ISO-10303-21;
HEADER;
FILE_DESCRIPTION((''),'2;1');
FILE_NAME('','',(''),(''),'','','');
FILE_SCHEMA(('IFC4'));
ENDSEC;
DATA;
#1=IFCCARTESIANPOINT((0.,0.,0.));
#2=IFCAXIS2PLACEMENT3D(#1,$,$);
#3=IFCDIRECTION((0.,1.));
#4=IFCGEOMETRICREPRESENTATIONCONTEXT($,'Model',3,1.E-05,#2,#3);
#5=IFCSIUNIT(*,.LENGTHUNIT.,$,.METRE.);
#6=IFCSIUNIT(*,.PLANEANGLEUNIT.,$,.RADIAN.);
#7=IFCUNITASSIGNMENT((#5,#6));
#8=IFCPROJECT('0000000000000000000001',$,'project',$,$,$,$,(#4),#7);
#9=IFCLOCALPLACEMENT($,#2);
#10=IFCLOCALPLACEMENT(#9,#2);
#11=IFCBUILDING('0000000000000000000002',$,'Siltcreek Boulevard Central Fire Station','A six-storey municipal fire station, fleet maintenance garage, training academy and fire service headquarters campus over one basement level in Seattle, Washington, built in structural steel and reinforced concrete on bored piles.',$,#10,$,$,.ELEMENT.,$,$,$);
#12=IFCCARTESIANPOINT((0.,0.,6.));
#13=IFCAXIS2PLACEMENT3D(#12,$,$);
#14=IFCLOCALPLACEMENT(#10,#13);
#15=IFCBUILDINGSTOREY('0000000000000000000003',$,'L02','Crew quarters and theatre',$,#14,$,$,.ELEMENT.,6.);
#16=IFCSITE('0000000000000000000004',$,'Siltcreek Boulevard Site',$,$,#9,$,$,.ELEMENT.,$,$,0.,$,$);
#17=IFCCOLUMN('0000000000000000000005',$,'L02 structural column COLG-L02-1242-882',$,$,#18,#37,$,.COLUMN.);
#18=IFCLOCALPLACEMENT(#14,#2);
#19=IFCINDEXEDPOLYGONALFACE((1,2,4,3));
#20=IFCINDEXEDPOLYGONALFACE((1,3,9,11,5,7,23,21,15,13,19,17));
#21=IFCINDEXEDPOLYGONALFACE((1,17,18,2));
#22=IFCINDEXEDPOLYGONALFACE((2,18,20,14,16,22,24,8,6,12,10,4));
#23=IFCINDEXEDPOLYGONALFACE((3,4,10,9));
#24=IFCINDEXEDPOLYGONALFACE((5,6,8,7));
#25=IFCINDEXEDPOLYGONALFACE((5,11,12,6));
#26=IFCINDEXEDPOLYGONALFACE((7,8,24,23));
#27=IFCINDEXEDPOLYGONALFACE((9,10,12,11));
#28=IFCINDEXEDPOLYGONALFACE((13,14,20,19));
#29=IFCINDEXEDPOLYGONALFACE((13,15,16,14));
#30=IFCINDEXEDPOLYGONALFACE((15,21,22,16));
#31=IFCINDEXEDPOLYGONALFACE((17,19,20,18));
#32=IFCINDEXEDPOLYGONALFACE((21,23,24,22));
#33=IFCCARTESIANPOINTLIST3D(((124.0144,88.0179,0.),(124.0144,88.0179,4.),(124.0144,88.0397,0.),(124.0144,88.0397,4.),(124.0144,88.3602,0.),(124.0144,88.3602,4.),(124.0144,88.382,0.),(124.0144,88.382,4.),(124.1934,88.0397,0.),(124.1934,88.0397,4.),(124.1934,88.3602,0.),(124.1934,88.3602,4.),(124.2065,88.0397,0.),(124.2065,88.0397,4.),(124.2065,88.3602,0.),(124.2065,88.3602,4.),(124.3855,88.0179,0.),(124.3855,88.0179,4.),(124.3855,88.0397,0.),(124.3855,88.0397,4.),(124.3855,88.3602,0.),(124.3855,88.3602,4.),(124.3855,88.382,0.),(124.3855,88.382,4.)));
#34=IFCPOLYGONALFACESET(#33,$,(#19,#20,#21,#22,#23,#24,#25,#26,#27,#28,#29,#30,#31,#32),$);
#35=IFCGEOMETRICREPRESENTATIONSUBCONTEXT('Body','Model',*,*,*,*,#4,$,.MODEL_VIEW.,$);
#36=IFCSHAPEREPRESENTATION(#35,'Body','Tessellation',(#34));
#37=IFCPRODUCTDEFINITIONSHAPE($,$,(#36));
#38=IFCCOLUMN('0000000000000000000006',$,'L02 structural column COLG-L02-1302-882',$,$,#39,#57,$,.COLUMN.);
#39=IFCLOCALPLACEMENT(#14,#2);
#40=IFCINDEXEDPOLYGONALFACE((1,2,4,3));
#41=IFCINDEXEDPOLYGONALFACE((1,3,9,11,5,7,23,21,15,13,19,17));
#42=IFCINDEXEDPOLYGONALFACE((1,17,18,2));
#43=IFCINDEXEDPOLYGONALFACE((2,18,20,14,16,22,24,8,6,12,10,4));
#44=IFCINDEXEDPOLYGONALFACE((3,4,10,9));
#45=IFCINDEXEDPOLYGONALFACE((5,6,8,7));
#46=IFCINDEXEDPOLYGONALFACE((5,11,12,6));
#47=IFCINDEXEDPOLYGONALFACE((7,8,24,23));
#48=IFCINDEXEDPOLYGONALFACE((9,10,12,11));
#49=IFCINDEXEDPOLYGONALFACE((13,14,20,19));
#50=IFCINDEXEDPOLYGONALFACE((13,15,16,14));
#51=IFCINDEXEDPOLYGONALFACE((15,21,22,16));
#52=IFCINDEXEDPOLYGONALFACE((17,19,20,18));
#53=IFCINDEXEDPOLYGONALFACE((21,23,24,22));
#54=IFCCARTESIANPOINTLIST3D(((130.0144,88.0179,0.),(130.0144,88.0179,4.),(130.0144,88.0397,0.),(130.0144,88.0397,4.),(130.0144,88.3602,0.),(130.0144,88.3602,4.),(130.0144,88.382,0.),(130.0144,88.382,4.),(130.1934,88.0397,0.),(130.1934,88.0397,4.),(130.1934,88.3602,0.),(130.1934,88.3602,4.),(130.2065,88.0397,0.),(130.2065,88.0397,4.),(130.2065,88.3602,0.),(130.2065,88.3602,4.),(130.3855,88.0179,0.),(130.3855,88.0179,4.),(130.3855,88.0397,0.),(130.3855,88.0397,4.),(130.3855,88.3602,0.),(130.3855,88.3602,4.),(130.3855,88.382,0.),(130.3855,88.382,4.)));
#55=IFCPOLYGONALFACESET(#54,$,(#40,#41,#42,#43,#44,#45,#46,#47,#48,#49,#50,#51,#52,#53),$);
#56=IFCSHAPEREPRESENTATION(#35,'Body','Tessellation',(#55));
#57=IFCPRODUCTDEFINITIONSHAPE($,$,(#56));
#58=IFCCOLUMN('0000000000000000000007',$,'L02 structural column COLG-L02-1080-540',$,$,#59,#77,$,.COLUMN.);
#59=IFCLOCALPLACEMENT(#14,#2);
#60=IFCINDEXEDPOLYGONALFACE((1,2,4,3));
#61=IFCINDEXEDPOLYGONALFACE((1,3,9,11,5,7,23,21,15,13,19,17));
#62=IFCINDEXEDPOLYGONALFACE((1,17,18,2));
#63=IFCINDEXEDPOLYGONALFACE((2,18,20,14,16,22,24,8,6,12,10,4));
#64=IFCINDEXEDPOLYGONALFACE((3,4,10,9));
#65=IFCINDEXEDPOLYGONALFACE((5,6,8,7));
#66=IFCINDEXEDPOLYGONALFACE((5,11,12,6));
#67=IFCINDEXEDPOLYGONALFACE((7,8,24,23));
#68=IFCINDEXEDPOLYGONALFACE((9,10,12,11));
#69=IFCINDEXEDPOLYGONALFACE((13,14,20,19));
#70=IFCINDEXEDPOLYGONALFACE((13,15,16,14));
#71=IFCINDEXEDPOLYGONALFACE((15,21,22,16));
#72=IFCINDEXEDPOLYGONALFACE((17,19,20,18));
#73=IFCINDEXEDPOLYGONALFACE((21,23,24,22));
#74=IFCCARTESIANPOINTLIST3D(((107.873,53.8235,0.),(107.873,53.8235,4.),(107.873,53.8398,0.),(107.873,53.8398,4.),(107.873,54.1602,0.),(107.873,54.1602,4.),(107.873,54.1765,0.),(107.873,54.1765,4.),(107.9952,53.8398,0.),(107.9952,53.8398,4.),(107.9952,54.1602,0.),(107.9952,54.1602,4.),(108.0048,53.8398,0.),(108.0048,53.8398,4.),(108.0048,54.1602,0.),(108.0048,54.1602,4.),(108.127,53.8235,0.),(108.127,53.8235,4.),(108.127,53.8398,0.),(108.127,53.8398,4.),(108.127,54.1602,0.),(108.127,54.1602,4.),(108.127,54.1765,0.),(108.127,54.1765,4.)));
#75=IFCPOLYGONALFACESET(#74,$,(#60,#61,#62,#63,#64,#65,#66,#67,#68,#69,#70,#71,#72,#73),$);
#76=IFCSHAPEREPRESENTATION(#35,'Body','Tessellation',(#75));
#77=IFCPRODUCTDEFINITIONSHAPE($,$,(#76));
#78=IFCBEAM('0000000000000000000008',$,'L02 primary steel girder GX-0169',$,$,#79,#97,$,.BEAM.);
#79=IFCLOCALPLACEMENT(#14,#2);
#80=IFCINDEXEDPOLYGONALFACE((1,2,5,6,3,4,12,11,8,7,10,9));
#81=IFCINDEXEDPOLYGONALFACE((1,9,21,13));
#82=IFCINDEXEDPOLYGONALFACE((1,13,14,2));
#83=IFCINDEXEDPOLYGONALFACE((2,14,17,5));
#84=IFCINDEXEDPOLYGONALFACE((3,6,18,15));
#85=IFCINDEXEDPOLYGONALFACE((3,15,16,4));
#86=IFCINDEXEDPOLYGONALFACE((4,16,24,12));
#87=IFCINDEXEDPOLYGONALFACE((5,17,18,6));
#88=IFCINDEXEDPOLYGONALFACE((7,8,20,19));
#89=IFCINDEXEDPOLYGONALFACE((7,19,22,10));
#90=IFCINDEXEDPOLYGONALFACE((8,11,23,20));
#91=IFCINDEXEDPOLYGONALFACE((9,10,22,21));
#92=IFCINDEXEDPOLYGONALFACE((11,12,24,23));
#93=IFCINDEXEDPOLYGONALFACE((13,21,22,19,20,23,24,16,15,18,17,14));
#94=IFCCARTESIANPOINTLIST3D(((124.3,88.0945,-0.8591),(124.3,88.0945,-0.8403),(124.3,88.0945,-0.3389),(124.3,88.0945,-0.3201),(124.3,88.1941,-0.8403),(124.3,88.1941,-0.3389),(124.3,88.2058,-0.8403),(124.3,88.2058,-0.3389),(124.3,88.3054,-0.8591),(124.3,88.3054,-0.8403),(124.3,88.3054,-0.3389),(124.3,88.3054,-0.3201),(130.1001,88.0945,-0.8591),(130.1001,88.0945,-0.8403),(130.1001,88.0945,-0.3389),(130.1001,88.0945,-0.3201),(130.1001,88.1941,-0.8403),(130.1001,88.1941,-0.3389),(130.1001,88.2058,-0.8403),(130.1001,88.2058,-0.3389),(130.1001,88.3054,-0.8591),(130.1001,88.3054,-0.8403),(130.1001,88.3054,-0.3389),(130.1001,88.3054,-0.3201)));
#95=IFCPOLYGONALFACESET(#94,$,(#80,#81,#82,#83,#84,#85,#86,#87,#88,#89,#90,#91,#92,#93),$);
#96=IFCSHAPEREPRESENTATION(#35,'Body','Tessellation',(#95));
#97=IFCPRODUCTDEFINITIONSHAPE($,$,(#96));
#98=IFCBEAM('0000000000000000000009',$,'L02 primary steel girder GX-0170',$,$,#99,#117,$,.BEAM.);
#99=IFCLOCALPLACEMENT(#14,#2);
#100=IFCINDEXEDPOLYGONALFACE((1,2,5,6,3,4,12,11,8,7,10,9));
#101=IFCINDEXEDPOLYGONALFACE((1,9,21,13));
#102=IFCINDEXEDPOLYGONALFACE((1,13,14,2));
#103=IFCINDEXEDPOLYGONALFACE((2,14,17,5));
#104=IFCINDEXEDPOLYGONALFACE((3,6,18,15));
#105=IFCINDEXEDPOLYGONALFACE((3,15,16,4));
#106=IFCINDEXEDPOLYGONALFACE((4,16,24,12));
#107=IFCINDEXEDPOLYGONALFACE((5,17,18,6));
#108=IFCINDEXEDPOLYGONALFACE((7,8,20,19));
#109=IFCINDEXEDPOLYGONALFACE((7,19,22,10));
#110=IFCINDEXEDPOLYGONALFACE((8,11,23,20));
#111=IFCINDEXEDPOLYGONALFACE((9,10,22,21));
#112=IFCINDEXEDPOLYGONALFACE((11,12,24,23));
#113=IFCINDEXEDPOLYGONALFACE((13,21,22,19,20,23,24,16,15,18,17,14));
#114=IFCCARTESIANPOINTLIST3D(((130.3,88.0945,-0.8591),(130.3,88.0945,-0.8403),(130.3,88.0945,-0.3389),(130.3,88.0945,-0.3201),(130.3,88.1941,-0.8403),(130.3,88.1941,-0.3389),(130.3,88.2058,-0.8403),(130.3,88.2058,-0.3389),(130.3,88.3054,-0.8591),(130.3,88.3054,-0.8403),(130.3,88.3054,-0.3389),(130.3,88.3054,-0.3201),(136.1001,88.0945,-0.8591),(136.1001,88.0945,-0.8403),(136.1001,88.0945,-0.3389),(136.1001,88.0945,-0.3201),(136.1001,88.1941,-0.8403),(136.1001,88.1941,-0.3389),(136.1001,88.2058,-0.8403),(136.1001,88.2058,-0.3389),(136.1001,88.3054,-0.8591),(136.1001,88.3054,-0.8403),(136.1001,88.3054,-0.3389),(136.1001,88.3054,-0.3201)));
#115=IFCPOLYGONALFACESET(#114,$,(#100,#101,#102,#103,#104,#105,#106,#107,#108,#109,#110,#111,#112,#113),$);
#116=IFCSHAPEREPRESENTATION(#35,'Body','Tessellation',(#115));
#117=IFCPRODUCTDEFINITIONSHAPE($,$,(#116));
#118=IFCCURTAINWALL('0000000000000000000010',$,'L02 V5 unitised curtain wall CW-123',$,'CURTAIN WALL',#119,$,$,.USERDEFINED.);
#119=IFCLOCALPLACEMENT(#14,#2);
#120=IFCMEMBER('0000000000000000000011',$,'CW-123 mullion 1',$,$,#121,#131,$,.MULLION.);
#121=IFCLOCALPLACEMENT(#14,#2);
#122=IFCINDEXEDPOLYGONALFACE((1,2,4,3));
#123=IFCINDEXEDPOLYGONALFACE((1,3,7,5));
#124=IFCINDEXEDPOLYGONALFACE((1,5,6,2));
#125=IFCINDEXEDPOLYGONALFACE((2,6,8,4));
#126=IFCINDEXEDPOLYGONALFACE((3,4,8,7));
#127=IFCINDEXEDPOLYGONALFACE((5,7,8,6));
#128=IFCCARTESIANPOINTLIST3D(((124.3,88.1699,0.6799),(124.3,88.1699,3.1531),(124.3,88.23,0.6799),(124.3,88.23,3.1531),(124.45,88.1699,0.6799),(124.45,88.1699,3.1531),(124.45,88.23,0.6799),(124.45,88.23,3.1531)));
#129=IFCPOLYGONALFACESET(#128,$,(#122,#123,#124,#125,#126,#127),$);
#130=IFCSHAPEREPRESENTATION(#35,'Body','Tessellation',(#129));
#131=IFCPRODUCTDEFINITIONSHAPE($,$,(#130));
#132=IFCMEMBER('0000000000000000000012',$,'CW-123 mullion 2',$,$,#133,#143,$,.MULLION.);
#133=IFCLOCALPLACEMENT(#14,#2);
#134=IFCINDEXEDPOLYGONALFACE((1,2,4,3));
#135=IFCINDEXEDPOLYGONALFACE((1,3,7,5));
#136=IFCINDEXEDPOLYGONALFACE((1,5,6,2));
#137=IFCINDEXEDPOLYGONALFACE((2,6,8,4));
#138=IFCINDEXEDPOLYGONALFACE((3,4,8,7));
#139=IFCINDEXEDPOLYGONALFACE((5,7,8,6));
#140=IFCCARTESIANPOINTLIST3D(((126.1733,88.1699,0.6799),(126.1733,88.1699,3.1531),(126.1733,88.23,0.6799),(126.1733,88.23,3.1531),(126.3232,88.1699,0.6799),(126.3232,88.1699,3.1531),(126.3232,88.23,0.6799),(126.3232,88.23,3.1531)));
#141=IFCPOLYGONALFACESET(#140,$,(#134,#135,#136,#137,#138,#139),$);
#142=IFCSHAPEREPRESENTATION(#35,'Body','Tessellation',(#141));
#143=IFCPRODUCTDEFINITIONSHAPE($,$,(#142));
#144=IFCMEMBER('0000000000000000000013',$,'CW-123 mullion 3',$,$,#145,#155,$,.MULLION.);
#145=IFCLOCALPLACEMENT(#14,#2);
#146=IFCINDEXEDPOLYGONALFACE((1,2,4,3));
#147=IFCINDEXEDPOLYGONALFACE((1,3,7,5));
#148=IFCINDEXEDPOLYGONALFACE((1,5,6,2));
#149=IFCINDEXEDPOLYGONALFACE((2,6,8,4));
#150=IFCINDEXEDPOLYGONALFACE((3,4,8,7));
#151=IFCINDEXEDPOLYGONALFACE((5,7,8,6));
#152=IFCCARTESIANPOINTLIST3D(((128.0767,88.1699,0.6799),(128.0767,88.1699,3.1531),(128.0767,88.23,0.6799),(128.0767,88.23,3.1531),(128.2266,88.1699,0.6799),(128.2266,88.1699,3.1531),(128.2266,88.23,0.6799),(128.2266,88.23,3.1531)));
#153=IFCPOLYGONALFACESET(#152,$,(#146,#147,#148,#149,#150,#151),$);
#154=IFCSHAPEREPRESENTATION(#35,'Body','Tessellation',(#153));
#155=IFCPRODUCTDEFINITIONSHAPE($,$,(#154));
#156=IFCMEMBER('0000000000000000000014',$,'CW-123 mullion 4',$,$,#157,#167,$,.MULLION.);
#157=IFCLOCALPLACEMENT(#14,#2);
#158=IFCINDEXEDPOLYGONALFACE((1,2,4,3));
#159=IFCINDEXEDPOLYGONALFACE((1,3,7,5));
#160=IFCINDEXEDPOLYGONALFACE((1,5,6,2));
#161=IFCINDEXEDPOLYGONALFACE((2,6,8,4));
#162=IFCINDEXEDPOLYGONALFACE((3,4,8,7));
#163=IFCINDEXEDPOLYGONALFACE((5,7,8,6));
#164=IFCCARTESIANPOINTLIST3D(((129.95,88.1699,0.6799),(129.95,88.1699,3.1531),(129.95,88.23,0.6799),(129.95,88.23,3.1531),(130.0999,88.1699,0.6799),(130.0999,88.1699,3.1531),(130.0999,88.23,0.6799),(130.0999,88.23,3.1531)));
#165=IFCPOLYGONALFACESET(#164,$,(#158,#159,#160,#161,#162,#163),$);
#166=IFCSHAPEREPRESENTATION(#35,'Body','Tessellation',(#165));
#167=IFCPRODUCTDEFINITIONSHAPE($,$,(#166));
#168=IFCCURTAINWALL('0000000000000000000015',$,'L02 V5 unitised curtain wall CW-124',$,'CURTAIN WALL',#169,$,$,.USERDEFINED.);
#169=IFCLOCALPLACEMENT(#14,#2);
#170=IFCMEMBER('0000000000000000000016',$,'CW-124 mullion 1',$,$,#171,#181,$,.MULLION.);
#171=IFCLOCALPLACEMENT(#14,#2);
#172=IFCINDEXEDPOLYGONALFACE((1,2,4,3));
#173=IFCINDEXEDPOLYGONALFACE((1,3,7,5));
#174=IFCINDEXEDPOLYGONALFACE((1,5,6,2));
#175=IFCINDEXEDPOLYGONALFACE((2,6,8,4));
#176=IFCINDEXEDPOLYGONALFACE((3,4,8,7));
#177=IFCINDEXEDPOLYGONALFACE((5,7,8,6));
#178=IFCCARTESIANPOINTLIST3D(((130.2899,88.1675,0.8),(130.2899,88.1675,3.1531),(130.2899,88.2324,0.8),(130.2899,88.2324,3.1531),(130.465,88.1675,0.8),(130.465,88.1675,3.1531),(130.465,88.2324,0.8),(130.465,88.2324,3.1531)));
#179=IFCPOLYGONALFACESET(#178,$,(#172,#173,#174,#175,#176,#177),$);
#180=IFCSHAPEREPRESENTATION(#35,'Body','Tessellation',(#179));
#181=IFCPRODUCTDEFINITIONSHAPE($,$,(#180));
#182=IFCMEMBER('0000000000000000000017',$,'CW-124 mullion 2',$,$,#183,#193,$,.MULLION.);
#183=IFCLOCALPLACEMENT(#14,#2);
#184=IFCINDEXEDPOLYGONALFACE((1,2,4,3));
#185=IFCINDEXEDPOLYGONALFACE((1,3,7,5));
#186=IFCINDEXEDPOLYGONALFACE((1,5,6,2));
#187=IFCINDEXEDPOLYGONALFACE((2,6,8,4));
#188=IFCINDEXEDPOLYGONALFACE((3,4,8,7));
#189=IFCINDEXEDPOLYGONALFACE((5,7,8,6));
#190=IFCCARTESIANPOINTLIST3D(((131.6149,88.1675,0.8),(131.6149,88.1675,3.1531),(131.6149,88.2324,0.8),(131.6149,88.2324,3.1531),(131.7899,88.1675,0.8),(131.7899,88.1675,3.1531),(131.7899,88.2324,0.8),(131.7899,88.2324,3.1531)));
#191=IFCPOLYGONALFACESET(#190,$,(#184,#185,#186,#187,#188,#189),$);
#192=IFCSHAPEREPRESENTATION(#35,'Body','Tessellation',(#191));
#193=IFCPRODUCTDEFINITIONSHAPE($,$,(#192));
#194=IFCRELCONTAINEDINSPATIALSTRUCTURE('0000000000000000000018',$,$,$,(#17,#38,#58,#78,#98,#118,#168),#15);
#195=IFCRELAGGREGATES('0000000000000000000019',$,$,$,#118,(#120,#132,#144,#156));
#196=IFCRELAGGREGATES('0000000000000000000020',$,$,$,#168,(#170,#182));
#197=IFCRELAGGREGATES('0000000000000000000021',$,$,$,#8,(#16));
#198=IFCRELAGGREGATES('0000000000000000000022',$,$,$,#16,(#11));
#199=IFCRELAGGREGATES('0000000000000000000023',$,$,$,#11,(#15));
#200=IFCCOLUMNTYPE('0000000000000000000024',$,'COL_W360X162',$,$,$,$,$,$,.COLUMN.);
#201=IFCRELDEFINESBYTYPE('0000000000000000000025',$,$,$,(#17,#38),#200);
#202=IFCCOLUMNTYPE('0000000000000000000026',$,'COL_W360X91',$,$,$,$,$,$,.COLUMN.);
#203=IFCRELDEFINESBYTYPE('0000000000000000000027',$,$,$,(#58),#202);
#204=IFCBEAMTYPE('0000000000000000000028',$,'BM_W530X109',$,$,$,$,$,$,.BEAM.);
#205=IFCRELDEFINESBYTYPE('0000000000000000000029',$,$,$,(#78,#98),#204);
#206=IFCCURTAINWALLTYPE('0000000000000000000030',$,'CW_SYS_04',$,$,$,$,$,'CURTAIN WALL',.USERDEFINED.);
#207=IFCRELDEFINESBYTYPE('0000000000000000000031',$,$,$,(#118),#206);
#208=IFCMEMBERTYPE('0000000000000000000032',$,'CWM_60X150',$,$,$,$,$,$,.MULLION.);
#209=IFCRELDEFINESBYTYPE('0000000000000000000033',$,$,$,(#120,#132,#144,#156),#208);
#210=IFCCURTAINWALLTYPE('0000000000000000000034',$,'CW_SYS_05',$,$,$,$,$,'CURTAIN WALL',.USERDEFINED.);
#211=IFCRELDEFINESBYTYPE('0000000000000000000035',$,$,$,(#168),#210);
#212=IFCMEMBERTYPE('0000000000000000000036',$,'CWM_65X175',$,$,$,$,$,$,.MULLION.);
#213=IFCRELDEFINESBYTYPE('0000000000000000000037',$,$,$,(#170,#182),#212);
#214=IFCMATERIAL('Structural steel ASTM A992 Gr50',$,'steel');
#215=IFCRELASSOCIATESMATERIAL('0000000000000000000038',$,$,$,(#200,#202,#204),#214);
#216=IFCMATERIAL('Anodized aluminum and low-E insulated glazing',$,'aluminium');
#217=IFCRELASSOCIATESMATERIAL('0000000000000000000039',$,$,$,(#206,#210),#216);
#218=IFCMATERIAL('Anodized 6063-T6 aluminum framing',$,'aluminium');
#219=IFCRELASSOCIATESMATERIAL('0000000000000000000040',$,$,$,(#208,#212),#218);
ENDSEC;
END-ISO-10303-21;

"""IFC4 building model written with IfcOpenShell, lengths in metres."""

from ifc_helpers import new_model, si_unit, direction, frame, origin, origin_2d, place, context, subcontext, project, spatial, rectangle, i_section, extrude, material, material_profile, profile_set, type_object, element, aggregate, save


model = new_model("IFC4")

# Units and contexts
model_context = context("Model", 3, precision=1e-05, world=origin(), true_north=direction((0.0, 1.0)))
body_context = subcontext(model_context, "Body", "Model", "MODEL_VIEW")
ifc_project = project(units=[si_unit("LENGTHUNIT", "METRE"), si_unit("PLANEANGLEUNIT", "RADIAN")], contexts=[model_context])

# Site, building, storey
site_placement = place(None, origin())
site = spatial("IfcSite", under=ifc_project, at=site_placement, Name="Siltcreek Boulevard Site", CompositionType="ELEMENT", RefElevation=0.0)
building_placement = place(site_placement, origin())
building = spatial("IfcBuilding", under=site, at=building_placement, Name="Siltcreek Boulevard Central Fire Station", Description="A six-storey municipal fire station, fleet maintenance garage, training academy and fire service headquarters campus over one basement level in Seattle, Washington, built in structural steel and reinforced concrete on bored piles.", CompositionType="ELEMENT")
storey_placement = place(building_placement, frame((0.0, 0.0, 6.0)))
storey = spatial("IfcBuildingStorey", under=building, at=storey_placement, Name="L02", Description="Crew quarters and theatre", CompositionType="ELEMENT", Elevation=6.0)

# Columns
ifc_material_1 = material(Name="Structural steel ASTM A992 Gr50", Category="steel")
ifc_material_profile_1 = material_profile(ifc_material_1, i_section(OverallWidth=0.3711, OverallDepth=0.364, WebThickness=0.0132, FlangeThickness=0.0217, at=origin_2d()), Name="W360X162")
ifc_profile_set_1 = profile_set([ifc_material_profile_1], Name="Structural steel ASTM A992 Gr50")
column_type_1 = type_object("IfcColumnType", Name="COL_W360X162", PredefinedType="COLUMN", material=ifc_profile_set_1)
for number, where, z_axis, x_axis, name in (
    (1, (124.2, 88.2, 0.0), (0.0, 0.0, 1.0), (1.0, 0.0, 0.0), "L02 structural column COLG-L02-1242-882"),
    (2, (130.2, 88.2, 0.0), (0.0, 0.0, 1.0), (1.0, 0.0, 0.0), "L02 structural column COLG-L02-1302-882"),
):
    element("IfcColumn", number, at=place(storey_placement, frame(where, z_axis=z_axis, x_axis=x_axis)), inside=storey, type_object=column_type_1, Name=name, PredefinedType="COLUMN", context=body_context, shape_type="SweptSolid", body=[
        extrude(i_section(OverallWidth=0.3711, OverallDepth=0.364, WebThickness=0.0132, FlangeThickness=0.0217, at=origin_2d()), origin(), (0.0, 0.0, 1.0), 4.0),
    ])
ifc_material_profile_2 = material_profile(ifc_material_1, i_section(OverallWidth=0.2539, OverallDepth=0.353, WebThickness=0.0095, FlangeThickness=0.0164, at=origin_2d()), Name="W360X91")
ifc_profile_set_2 = profile_set([ifc_material_profile_2], Name="Structural steel ASTM A992 Gr50")
column_type_2 = type_object("IfcColumnType", Name="COL_W360X91", PredefinedType="COLUMN", material=ifc_profile_set_2)
column_placement = place(storey_placement, frame((108.0, 54.0, 0.0), z_axis=(0.0, 0.0, 1.0), x_axis=(1.0, 0.0, 0.0)))
element("IfcColumn", 3, at=column_placement, inside=storey, type_object=column_type_2, Name="L02 structural column COLG-L02-1080-540", PredefinedType="COLUMN", context=body_context, shape_type="SweptSolid", body=[
    extrude(i_section(OverallWidth=0.2539, OverallDepth=0.353, WebThickness=0.0095, FlangeThickness=0.0164, at=origin_2d()), origin(), (0.0, 0.0, 1.0), 4.0),
])

# Beams
ifc_material_profile_3 = material_profile(ifc_material_1, i_section(OverallWidth=0.2109, OverallDepth=0.5391, WebThickness=0.0117, FlangeThickness=0.0188, at=origin_2d()), Name="W530X109")
ifc_profile_set_3 = profile_set([ifc_material_profile_3], Name="Structural steel ASTM A992 Gr50")
beam_type = type_object("IfcBeamType", Name="BM_W530X109", PredefinedType="BEAM", material=ifc_profile_set_3)
for number, where, z_axis, x_axis, name in (
    (4, (124.3, 88.2, -0.5896), (1.0, 0.0, 0.0), (0.0, 1.0, 0.0), "L02 primary steel girder GX-0169"),
    (5, (130.3, 88.2, -0.5896), (1.0, 0.0, 0.0), (0.0, 1.0, 0.0), "L02 primary steel girder GX-0170"),
):
    element("IfcBeam", number, at=place(storey_placement, frame(where, z_axis=z_axis, x_axis=x_axis)), inside=storey, type_object=beam_type, Name=name, PredefinedType="BEAM", context=body_context, shape_type="SweptSolid", body=[
        extrude(i_section(OverallWidth=0.2109, OverallDepth=0.5391, WebThickness=0.0117, FlangeThickness=0.0188, at=origin_2d()), origin(), (0.0, 0.0, 1.0), 5.8),
    ])

# Curtain walls, members
ifc_material_2 = material(Name="Anodized aluminum and low-E insulated glazing", Category="aluminium")
curtain_wall_type_1 = type_object("IfcCurtainWallType", Name="CW_SYS_04", ElementType="CURTAIN WALL", PredefinedType="USERDEFINED", material=ifc_material_2)
curtain_wall_1_placement = place(storey_placement, origin())
curtain_wall_1 = element("IfcCurtainWall", 6, at=curtain_wall_1_placement, inside=storey, type_object=curtain_wall_type_1, Name="L02 V5 unitised curtain wall CW-123", ObjectType="CURTAIN WALL", PredefinedType="USERDEFINED")
ifc_material_3 = material(Name="Anodized 6063-T6 aluminum framing", Category="aluminium")
ifc_material_profile_4 = material_profile(ifc_material_3, rectangle(XDim=0.0601, YDim=0.1499, at=origin_2d()), Name="MULL60X150")
ifc_profile_set_4 = profile_set([ifc_material_profile_4], Name="Anodized 6063-T6 aluminum framing")
member_type_1 = type_object("IfcMemberType", Name="CWM_60X150", PredefinedType="MULLION", material=ifc_profile_set_4)
member_1_placement = place(storey_placement, frame((124.375, 88.2, 0.6799), z_axis=(0.0, 0.0, 1.0), x_axis=(0.0, 1.0, 0.0)))
member_1 = element("IfcMember", 7, at=member_1_placement, type_object=member_type_1, Name="CW-123 mullion 1", PredefinedType="MULLION", context=body_context, shape_type="SweptSolid", body=[
    extrude(rectangle(XDim=0.0601, YDim=0.1499, at=origin_2d()), origin(), (0.0, 0.0, 1.0), 2.4731),
])
member_2_placement = place(storey_placement, frame((126.2483, 88.2, 0.6799), z_axis=(0.0, 0.0, 1.0), x_axis=(0.0, 1.0, 0.0)))
member_2 = element("IfcMember", 8, at=member_2_placement, type_object=member_type_1, Name="CW-123 mullion 2", PredefinedType="MULLION", context=body_context, shape_type="SweptSolid", body=[
    extrude(rectangle(XDim=0.0601, YDim=0.1499, at=origin_2d()), origin(), (0.0, 0.0, 1.0), 2.4731),
])
member_3_placement = place(storey_placement, frame((128.1516, 88.2, 0.6799), z_axis=(0.0, 0.0, 1.0), x_axis=(0.0, 1.0, 0.0)))
member_3 = element("IfcMember", 9, at=member_3_placement, type_object=member_type_1, Name="CW-123 mullion 3", PredefinedType="MULLION", context=body_context, shape_type="SweptSolid", body=[
    extrude(rectangle(XDim=0.0601, YDim=0.1499, at=origin_2d()), origin(), (0.0, 0.0, 1.0), 2.4731),
])
member_4_placement = place(storey_placement, frame((130.0249, 88.2, 0.6799), z_axis=(0.0, 0.0, 1.0), x_axis=(0.0, 1.0, 0.0)))
member_4 = element("IfcMember", 10, at=member_4_placement, type_object=member_type_1, Name="CW-123 mullion 4", PredefinedType="MULLION", context=body_context, shape_type="SweptSolid", body=[
    extrude(rectangle(XDim=0.0601, YDim=0.1499, at=origin_2d()), origin(), (0.0, 0.0, 1.0), 2.4731),
])
curtain_wall_type_2 = type_object("IfcCurtainWallType", Name="CW_SYS_05", ElementType="CURTAIN WALL", PredefinedType="USERDEFINED", material=ifc_material_2)
curtain_wall_2_placement = place(storey_placement, origin())
curtain_wall_2 = element("IfcCurtainWall", 11, at=curtain_wall_2_placement, inside=storey, type_object=curtain_wall_type_2, Name="L02 V5 unitised curtain wall CW-124", ObjectType="CURTAIN WALL", PredefinedType="USERDEFINED")
ifc_material_profile_5 = material_profile(ifc_material_3, rectangle(XDim=0.0649, YDim=0.175, at=origin_2d()), Name="MULL65X175")
ifc_profile_set_5 = profile_set([ifc_material_profile_5], Name="Anodized 6063-T6 aluminum framing")
member_type_2 = type_object("IfcMemberType", Name="CWM_65X175", PredefinedType="MULLION", material=ifc_profile_set_5)
member_5_placement = place(storey_placement, frame((130.3774, 88.2, 0.8), z_axis=(0.0, 0.0, 1.0), x_axis=(0.0, 1.0, 0.0)))
member_5 = element("IfcMember", 12, at=member_5_placement, type_object=member_type_2, Name="CW-124 mullion 1", PredefinedType="MULLION", context=body_context, shape_type="SweptSolid", body=[
    extrude(rectangle(XDim=0.0649, YDim=0.175, at=origin_2d()), origin(), (0.0, 0.0, 1.0), 2.353),
])
member_6_placement = place(storey_placement, frame((131.7024, 88.2, 0.8), z_axis=(0.0, 0.0, 1.0), x_axis=(0.0, 1.0, 0.0)))
member_6 = element("IfcMember", 13, at=member_6_placement, type_object=member_type_2, Name="CW-124 mullion 2", PredefinedType="MULLION", context=body_context, shape_type="SweptSolid", body=[
    extrude(rectangle(XDim=0.0649, YDim=0.175, at=origin_2d()), origin(), (0.0, 0.0, 1.0), 2.353),
])

aggregate(curtain_wall_1, [member_1, member_2, member_3, member_4])
aggregate(curtain_wall_2, [member_5, member_6])

save(model, "model.ifc")
